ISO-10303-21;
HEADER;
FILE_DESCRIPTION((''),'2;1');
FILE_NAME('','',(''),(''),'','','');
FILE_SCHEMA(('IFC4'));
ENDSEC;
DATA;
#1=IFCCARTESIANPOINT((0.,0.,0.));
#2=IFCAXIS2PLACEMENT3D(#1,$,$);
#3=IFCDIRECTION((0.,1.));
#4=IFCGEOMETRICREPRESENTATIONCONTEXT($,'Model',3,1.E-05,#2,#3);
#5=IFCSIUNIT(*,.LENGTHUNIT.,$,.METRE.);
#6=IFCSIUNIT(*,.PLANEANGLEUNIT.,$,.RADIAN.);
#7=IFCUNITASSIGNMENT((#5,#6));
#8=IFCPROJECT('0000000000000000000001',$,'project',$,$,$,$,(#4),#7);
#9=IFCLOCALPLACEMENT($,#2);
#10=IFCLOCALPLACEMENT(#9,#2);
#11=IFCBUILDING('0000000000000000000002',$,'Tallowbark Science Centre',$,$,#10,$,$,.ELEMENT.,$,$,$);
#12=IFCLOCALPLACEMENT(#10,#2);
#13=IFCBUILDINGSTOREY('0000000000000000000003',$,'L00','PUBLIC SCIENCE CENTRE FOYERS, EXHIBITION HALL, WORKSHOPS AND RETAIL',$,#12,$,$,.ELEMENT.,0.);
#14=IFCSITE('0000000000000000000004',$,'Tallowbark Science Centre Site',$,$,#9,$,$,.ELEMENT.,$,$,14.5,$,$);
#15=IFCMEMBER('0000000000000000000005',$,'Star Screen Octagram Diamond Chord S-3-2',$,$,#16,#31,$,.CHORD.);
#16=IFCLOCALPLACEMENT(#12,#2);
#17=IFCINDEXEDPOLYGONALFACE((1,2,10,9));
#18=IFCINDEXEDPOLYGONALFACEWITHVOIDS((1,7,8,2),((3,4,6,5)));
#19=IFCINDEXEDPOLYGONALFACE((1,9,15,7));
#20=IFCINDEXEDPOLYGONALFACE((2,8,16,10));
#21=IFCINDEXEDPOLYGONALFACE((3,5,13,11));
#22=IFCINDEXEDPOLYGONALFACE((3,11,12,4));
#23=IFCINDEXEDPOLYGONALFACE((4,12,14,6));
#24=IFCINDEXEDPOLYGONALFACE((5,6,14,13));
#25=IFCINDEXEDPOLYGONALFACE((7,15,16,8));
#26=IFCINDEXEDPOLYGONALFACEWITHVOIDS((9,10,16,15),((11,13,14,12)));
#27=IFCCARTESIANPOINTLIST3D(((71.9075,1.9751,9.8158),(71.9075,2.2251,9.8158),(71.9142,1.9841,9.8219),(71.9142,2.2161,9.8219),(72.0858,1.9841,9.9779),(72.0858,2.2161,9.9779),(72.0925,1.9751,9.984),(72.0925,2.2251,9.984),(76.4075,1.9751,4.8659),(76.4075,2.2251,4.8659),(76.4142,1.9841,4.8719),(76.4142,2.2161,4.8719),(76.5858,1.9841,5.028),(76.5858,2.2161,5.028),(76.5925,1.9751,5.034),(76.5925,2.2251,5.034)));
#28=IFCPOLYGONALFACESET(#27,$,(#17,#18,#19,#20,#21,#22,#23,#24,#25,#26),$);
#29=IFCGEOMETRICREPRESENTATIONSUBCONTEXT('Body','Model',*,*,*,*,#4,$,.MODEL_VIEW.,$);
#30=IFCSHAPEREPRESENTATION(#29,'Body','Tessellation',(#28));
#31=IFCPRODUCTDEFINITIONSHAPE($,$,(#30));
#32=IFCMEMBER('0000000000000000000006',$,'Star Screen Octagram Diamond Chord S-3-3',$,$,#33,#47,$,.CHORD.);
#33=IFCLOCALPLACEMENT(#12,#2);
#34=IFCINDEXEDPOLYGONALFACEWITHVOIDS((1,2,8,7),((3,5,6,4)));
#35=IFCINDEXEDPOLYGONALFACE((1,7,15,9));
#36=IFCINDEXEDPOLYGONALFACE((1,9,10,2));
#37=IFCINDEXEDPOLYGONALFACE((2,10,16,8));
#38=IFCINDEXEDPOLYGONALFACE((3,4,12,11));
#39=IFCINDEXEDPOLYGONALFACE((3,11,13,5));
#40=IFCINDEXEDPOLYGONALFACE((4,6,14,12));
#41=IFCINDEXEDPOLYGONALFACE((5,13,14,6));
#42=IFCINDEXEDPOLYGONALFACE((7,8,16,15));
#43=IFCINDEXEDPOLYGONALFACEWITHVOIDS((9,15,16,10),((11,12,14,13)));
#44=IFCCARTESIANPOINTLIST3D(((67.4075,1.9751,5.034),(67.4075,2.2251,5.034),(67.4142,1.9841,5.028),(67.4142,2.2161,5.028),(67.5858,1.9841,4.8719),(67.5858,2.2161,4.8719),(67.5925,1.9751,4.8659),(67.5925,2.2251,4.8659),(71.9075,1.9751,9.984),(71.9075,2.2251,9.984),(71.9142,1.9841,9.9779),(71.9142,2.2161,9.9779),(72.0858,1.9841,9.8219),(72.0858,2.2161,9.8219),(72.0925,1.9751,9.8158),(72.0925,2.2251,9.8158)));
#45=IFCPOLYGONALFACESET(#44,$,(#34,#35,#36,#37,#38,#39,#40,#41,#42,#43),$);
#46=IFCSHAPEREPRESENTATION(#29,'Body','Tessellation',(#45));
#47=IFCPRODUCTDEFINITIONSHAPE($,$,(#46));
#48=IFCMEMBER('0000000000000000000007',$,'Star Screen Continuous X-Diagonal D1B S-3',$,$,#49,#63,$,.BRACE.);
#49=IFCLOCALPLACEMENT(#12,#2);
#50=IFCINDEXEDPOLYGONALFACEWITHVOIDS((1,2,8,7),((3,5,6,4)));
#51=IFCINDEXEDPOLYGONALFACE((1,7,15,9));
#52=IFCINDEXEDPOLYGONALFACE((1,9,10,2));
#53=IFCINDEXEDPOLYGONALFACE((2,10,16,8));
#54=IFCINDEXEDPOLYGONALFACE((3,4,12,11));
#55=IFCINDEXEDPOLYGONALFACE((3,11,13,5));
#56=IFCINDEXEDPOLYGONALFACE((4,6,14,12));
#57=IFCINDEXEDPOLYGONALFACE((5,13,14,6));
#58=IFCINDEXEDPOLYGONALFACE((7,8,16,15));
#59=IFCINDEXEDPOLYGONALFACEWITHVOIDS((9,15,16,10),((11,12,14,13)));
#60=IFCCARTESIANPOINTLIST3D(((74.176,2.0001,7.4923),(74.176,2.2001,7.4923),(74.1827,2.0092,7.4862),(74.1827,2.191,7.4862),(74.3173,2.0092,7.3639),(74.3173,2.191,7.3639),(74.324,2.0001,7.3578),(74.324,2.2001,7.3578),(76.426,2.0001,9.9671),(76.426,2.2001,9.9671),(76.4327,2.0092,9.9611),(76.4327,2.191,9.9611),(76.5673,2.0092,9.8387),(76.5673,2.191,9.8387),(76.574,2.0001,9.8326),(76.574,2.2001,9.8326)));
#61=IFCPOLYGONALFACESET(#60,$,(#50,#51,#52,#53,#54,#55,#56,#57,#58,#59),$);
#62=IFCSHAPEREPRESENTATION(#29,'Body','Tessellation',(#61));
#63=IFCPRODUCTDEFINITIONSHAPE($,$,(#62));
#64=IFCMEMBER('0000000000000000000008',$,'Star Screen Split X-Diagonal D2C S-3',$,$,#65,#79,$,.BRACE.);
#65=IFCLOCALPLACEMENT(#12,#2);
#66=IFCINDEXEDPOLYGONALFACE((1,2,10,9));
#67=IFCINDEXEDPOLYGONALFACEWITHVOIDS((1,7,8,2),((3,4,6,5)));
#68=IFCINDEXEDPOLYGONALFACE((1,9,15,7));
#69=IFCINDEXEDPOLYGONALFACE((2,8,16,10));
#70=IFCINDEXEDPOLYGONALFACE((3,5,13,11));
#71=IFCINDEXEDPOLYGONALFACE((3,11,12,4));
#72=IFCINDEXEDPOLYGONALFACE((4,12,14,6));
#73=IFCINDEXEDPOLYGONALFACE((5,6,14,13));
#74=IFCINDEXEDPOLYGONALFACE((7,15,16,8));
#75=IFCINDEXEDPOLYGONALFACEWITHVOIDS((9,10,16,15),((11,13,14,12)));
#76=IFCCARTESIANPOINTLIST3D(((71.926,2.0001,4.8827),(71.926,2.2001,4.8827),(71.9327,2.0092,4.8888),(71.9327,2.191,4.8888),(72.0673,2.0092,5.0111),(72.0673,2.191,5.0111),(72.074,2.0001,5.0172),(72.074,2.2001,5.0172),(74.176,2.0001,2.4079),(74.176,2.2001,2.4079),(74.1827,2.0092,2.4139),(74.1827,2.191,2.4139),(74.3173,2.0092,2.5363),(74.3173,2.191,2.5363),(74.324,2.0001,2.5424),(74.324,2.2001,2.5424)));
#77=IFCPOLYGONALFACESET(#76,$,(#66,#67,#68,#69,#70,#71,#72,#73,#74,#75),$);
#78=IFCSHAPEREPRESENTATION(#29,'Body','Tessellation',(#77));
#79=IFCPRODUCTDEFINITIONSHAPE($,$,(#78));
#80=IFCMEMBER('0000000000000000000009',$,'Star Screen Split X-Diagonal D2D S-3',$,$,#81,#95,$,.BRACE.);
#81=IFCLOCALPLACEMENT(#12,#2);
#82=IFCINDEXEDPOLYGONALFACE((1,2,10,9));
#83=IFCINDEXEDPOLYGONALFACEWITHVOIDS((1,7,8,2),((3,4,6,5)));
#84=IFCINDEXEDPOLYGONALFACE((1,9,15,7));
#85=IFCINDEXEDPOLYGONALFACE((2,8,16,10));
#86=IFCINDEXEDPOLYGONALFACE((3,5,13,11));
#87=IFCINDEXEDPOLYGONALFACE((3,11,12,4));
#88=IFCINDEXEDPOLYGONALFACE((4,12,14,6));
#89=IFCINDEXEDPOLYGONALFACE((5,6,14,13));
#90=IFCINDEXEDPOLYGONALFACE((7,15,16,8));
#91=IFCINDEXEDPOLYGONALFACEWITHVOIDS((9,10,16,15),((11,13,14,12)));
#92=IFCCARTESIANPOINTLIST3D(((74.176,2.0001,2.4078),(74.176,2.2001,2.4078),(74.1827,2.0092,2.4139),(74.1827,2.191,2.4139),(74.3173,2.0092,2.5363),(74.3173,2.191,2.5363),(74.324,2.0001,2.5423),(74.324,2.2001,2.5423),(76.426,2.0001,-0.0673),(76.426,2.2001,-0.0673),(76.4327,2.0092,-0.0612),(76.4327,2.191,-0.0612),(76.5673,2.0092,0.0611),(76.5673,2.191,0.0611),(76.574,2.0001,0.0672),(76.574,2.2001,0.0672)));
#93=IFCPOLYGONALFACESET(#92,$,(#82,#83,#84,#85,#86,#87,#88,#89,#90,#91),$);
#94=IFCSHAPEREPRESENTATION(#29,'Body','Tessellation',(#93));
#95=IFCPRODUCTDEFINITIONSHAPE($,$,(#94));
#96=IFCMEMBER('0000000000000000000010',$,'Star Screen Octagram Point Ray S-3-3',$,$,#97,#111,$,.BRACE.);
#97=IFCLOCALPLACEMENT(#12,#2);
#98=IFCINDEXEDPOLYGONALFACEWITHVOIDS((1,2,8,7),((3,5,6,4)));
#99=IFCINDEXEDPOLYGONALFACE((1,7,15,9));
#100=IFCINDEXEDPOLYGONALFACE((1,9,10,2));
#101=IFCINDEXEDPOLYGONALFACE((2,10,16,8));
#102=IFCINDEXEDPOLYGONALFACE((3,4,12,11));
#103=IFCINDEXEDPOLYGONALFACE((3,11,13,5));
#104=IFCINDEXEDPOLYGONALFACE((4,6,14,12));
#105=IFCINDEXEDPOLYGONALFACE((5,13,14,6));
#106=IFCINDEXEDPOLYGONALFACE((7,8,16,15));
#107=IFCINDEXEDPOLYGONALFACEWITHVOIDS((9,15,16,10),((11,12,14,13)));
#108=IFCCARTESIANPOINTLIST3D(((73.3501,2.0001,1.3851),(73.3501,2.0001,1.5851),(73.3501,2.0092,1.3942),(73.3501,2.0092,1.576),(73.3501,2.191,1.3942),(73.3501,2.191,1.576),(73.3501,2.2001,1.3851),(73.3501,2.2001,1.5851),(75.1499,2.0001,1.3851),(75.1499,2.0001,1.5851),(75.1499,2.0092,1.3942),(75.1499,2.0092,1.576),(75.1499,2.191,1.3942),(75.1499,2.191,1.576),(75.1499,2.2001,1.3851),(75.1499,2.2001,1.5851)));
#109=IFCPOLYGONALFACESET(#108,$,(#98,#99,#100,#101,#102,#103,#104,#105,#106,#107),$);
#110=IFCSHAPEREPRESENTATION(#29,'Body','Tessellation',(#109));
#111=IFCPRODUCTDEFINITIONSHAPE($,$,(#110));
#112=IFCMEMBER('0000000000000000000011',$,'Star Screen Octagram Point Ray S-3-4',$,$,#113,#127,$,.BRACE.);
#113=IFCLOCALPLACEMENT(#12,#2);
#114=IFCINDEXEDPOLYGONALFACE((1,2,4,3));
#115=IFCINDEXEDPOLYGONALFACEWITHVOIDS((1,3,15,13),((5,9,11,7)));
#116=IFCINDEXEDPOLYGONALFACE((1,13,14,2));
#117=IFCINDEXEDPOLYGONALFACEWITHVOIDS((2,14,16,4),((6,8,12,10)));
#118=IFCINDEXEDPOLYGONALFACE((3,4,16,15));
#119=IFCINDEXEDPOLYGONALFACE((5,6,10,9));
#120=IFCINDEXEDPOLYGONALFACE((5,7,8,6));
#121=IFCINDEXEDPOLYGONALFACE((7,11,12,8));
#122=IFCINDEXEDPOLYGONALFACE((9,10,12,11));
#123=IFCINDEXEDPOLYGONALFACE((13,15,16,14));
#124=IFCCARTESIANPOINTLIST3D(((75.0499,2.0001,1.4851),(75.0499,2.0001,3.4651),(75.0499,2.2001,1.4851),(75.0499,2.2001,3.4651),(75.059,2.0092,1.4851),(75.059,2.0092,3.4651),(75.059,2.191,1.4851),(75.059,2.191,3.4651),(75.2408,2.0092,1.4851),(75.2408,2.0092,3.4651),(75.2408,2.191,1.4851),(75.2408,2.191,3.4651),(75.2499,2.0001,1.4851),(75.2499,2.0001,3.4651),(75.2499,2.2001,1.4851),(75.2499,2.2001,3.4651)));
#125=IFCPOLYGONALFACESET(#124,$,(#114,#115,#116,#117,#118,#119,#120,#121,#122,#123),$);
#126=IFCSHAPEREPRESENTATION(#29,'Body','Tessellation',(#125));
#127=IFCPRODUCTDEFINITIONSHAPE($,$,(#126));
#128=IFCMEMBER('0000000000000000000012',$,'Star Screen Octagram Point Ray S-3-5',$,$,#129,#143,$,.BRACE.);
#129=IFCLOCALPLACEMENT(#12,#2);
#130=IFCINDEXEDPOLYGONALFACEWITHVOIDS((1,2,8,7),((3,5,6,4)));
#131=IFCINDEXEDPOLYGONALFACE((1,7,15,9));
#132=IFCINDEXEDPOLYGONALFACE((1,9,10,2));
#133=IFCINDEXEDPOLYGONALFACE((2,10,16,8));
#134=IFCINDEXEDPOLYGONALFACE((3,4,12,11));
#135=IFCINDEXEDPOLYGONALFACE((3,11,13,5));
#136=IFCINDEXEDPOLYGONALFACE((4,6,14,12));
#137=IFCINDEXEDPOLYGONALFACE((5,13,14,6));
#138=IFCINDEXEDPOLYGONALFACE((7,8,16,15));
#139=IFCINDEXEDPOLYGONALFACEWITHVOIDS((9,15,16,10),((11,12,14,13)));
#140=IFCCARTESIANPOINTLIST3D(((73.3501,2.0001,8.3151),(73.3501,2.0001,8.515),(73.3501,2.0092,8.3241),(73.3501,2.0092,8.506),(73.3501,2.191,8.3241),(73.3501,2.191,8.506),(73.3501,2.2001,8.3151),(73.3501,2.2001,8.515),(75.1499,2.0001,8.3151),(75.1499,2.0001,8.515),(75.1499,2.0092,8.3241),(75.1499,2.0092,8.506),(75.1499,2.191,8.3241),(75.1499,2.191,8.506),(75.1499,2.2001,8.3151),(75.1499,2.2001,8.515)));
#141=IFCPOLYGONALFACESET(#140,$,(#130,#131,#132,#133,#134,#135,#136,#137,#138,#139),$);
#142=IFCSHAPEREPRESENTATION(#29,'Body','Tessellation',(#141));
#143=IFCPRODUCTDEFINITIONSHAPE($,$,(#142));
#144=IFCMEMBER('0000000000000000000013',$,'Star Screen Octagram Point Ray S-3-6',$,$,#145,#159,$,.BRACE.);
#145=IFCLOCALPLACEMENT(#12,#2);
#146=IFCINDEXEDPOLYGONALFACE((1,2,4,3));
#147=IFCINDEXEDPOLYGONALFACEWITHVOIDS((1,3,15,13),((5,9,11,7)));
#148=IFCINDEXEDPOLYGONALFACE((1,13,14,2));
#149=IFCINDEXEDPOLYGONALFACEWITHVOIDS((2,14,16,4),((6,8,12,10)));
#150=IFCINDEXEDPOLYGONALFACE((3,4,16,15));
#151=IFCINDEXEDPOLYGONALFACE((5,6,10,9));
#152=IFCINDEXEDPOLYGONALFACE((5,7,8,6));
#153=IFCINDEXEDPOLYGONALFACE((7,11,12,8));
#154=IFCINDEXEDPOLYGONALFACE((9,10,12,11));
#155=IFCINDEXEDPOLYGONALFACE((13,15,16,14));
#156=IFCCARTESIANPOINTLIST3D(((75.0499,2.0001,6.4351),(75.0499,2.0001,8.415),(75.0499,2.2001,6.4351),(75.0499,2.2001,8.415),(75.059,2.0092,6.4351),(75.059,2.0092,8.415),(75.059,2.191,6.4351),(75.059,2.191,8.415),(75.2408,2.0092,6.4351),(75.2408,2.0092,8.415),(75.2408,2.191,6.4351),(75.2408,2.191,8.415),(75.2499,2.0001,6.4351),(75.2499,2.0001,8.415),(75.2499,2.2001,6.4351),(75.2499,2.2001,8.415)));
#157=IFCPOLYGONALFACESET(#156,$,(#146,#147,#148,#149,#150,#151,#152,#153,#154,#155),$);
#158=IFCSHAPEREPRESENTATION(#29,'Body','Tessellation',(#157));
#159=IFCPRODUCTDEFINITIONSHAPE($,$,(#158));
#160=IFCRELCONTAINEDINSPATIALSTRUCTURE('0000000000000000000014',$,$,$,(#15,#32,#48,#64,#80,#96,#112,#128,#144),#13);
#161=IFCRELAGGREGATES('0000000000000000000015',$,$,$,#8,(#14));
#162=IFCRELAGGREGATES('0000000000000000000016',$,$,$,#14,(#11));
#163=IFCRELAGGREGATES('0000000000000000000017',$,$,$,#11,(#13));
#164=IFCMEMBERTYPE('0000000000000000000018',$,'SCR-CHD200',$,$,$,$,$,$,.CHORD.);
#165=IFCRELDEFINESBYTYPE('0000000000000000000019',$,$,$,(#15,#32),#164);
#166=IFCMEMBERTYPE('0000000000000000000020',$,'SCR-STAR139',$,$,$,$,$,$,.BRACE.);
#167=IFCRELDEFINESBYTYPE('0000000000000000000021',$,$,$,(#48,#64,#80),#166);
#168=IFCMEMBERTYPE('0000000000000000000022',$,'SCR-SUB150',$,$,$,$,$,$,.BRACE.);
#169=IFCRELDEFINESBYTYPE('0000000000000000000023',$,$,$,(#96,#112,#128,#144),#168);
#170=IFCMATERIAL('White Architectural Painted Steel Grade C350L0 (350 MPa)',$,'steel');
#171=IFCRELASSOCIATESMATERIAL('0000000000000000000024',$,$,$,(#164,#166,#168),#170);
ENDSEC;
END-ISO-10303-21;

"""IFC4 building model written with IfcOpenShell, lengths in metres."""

from ifc_helpers import new_model, si_unit, direction, frame, origin, origin_2d, place, context, subcontext, project, spatial, hollow_rectangle, extrude, material, material_profile, profile_set, type_object, element, save


model = new_model("IFC4")

# Units and contexts
model_context = context("Model", 3, precision=1e-05, world=origin(), true_north=direction((0.0, 1.0)))
body_context = subcontext(model_context, "Body", "Model", "MODEL_VIEW")
ifc_project = project(units=[si_unit("LENGTHUNIT", "METRE"), si_unit("PLANEANGLEUNIT", "RADIAN")], contexts=[model_context])

# Site, building, storey
site_placement = place(None, origin())
site = spatial("IfcSite", under=ifc_project, at=site_placement, Name="Tallowbark Science Centre Site", CompositionType="ELEMENT", RefElevation=14.5)
building_placement = place(site_placement, origin())
building = spatial("IfcBuilding", under=site, at=building_placement, Name="Tallowbark Science Centre", CompositionType="ELEMENT")
storey_placement = place(building_placement, origin())
storey = spatial("IfcBuildingStorey", under=building, at=storey_placement, Name="L00", Description="PUBLIC SCIENCE CENTRE FOYERS, EXHIBITION HALL, WORKSHOPS AND RETAIL", CompositionType="ELEMENT", Elevation=0.0)

# Shared definitions
ifc_material_1 = material(Name="White Architectural Painted Steel Grade C350L0 (350 MPa)", Category="steel")

# Members
ifc_material_profile_1 = material_profile(ifc_material_1, hollow_rectangle(XDim=0.25, YDim=0.25, WallThickness=0.009, at=origin_2d()), Name="250x250x9.0SHS")
ifc_profile_set_1 = profile_set([ifc_material_profile_1], Name="White Architectural Painted Steel Grade C350L0 (350 MPa)")
member_type_1 = type_object("IfcMemberType", Name="SCR-CHD200", PredefinedType="CHORD", material=ifc_profile_set_1)
for number, where, z_axis, x_axis, name in (
    (1, (76.5, 2.1001, 4.95), (-0.672676, 0.0, 0.739937), (0.0, -1.0, 0.0), "Star Screen Octagram Diamond Chord S-3-2"),
    (2, (72.0, 2.1001, 9.8999), (-0.672676, 0.0, -0.739937), (0.0, -1.0, 0.0), "Star Screen Octagram Diamond Chord S-3-3"),
):
    element("IfcMember", number, at=place(storey_placement, frame(where, z_axis=z_axis, x_axis=x_axis)), inside=storey, type_object=member_type_1, Name=name, PredefinedType="CHORD", context=body_context, shape_type="SweptSolid", body=[
        extrude(hollow_rectangle(XDim=0.25, YDim=0.25, WallThickness=0.009, at=origin_2d()), origin(), (0.0, 0.0, 1.0), 6.6897),
    ])
ifc_material_profile_2 = material_profile(ifc_material_1, hollow_rectangle(XDim=0.2, YDim=0.2, WallThickness=0.009, at=origin_2d()), Name="200x200x9.0SHS")
ifc_profile_set_2 = profile_set([ifc_material_profile_2], Name="White Architectural Painted Steel Grade C350L0 (350 MPa)")
member_type_2 = type_object("IfcMemberType", Name="SCR-STAR139", PredefinedType="BRACE", material=ifc_profile_set_2)
for number, where, z_axis, x_axis, name in (
    (3, (74.25, 2.1001, 7.425), (0.672695, 0.0, 0.73992), (0.0, 1.0, 0.0), "Star Screen Continuous X-Diagonal D1B S-3"),
    (4, (72.0, 2.1001, 4.95), (0.672695, 0.0, -0.73992), (0.0, 1.0, 0.0), "Star Screen Split X-Diagonal D2C S-3"),
):
    element("IfcMember", number, at=place(storey_placement, frame(where, z_axis=z_axis, x_axis=x_axis)), inside=storey, type_object=member_type_2, Name=name, PredefinedType="BRACE", context=body_context, shape_type="SweptSolid", body=[
        extrude(hollow_rectangle(XDim=0.2, YDim=0.2, WallThickness=0.009, at=origin_2d()), origin(), (0.0, 0.0, 1.0), 3.3447),
    ])
member_1_placement = place(storey_placement, frame((74.25, 2.1001, 2.4751), z_axis=(0.672658, 0.0, -0.739953), x_axis=(0.0, 1.0, 0.0)))
element("IfcMember", 5, at=member_1_placement, inside=storey, type_object=member_type_2, Name="Star Screen Split X-Diagonal D2D S-3", PredefinedType="BRACE", context=body_context, shape_type="SweptSolid", body=[
    extrude(hollow_rectangle(XDim=0.2, YDim=0.2, WallThickness=0.009, at=origin_2d()), origin(), (0.0, 0.0, 1.0), 3.345),
])
ifc_material_profile_3 = material_profile(ifc_material_1, hollow_rectangle(XDim=0.2, YDim=0.2, WallThickness=0.009, at=origin_2d()), Name="200x200x9.0SHS")
ifc_profile_set_3 = profile_set([ifc_material_profile_3], Name="White Architectural Painted Steel Grade C350L0 (350 MPa)")
member_type_3 = type_object("IfcMemberType", Name="SCR-SUB150", PredefinedType="BRACE", material=ifc_profile_set_3)
member_2_placement = place(storey_placement, frame((75.1499, 2.1001, 1.4851), z_axis=(-1.0, 0.0, 0.0), x_axis=(0.0, -1.0, 0.0)))
element("IfcMember", 6, at=member_2_placement, inside=storey, type_object=member_type_3, Name="Star Screen Octagram Point Ray S-3-3", PredefinedType="BRACE", context=body_context, shape_type="SweptSolid", body=[
    extrude(hollow_rectangle(XDim=0.2, YDim=0.2, WallThickness=0.009, at=origin_2d()), origin(), (0.0, 0.0, 1.0), 1.7998),
])
member_3_placement = place(storey_placement, frame((75.1499, 2.1001, 1.4851), z_axis=(0.0, 0.0, 1.0), x_axis=(1.0, 0.0, 0.0)))
element("IfcMember", 7, at=member_3_placement, inside=storey, type_object=member_type_3, Name="Star Screen Octagram Point Ray S-3-4", PredefinedType="BRACE", context=body_context, shape_type="SweptSolid", body=[
    extrude(hollow_rectangle(XDim=0.2, YDim=0.2, WallThickness=0.009, at=origin_2d()), origin(), (0.0, 0.0, 1.0), 1.98),
])
member_4_placement = place(storey_placement, frame((75.1499, 2.1001, 8.415), z_axis=(-1.0, 0.0, 0.0), x_axis=(0.0, -1.0, 0.0)))
element("IfcMember", 8, at=member_4_placement, inside=storey, type_object=member_type_3, Name="Star Screen Octagram Point Ray S-3-5", PredefinedType="BRACE", context=body_context, shape_type="SweptSolid", body=[
    extrude(hollow_rectangle(XDim=0.2, YDim=0.2, WallThickness=0.009, at=origin_2d()), origin(), (0.0, 0.0, 1.0), 1.7998),
])
member_5_placement = place(storey_placement, frame((75.1499, 2.1001, 8.415), z_axis=(0.0, 0.0, -1.0), x_axis=(1.0, 0.0, 0.0)))
element("IfcMember", 9, at=member_5_placement, inside=storey, type_object=member_type_3, Name="Star Screen Octagram Point Ray S-3-6", PredefinedType="BRACE", context=body_context, shape_type="SweptSolid", body=[
    extrude(hollow_rectangle(XDim=0.2, YDim=0.2, WallThickness=0.009, at=origin_2d()), origin(), (0.0, 0.0, 1.0), 1.98),
])

save(model, "model.ifc")
